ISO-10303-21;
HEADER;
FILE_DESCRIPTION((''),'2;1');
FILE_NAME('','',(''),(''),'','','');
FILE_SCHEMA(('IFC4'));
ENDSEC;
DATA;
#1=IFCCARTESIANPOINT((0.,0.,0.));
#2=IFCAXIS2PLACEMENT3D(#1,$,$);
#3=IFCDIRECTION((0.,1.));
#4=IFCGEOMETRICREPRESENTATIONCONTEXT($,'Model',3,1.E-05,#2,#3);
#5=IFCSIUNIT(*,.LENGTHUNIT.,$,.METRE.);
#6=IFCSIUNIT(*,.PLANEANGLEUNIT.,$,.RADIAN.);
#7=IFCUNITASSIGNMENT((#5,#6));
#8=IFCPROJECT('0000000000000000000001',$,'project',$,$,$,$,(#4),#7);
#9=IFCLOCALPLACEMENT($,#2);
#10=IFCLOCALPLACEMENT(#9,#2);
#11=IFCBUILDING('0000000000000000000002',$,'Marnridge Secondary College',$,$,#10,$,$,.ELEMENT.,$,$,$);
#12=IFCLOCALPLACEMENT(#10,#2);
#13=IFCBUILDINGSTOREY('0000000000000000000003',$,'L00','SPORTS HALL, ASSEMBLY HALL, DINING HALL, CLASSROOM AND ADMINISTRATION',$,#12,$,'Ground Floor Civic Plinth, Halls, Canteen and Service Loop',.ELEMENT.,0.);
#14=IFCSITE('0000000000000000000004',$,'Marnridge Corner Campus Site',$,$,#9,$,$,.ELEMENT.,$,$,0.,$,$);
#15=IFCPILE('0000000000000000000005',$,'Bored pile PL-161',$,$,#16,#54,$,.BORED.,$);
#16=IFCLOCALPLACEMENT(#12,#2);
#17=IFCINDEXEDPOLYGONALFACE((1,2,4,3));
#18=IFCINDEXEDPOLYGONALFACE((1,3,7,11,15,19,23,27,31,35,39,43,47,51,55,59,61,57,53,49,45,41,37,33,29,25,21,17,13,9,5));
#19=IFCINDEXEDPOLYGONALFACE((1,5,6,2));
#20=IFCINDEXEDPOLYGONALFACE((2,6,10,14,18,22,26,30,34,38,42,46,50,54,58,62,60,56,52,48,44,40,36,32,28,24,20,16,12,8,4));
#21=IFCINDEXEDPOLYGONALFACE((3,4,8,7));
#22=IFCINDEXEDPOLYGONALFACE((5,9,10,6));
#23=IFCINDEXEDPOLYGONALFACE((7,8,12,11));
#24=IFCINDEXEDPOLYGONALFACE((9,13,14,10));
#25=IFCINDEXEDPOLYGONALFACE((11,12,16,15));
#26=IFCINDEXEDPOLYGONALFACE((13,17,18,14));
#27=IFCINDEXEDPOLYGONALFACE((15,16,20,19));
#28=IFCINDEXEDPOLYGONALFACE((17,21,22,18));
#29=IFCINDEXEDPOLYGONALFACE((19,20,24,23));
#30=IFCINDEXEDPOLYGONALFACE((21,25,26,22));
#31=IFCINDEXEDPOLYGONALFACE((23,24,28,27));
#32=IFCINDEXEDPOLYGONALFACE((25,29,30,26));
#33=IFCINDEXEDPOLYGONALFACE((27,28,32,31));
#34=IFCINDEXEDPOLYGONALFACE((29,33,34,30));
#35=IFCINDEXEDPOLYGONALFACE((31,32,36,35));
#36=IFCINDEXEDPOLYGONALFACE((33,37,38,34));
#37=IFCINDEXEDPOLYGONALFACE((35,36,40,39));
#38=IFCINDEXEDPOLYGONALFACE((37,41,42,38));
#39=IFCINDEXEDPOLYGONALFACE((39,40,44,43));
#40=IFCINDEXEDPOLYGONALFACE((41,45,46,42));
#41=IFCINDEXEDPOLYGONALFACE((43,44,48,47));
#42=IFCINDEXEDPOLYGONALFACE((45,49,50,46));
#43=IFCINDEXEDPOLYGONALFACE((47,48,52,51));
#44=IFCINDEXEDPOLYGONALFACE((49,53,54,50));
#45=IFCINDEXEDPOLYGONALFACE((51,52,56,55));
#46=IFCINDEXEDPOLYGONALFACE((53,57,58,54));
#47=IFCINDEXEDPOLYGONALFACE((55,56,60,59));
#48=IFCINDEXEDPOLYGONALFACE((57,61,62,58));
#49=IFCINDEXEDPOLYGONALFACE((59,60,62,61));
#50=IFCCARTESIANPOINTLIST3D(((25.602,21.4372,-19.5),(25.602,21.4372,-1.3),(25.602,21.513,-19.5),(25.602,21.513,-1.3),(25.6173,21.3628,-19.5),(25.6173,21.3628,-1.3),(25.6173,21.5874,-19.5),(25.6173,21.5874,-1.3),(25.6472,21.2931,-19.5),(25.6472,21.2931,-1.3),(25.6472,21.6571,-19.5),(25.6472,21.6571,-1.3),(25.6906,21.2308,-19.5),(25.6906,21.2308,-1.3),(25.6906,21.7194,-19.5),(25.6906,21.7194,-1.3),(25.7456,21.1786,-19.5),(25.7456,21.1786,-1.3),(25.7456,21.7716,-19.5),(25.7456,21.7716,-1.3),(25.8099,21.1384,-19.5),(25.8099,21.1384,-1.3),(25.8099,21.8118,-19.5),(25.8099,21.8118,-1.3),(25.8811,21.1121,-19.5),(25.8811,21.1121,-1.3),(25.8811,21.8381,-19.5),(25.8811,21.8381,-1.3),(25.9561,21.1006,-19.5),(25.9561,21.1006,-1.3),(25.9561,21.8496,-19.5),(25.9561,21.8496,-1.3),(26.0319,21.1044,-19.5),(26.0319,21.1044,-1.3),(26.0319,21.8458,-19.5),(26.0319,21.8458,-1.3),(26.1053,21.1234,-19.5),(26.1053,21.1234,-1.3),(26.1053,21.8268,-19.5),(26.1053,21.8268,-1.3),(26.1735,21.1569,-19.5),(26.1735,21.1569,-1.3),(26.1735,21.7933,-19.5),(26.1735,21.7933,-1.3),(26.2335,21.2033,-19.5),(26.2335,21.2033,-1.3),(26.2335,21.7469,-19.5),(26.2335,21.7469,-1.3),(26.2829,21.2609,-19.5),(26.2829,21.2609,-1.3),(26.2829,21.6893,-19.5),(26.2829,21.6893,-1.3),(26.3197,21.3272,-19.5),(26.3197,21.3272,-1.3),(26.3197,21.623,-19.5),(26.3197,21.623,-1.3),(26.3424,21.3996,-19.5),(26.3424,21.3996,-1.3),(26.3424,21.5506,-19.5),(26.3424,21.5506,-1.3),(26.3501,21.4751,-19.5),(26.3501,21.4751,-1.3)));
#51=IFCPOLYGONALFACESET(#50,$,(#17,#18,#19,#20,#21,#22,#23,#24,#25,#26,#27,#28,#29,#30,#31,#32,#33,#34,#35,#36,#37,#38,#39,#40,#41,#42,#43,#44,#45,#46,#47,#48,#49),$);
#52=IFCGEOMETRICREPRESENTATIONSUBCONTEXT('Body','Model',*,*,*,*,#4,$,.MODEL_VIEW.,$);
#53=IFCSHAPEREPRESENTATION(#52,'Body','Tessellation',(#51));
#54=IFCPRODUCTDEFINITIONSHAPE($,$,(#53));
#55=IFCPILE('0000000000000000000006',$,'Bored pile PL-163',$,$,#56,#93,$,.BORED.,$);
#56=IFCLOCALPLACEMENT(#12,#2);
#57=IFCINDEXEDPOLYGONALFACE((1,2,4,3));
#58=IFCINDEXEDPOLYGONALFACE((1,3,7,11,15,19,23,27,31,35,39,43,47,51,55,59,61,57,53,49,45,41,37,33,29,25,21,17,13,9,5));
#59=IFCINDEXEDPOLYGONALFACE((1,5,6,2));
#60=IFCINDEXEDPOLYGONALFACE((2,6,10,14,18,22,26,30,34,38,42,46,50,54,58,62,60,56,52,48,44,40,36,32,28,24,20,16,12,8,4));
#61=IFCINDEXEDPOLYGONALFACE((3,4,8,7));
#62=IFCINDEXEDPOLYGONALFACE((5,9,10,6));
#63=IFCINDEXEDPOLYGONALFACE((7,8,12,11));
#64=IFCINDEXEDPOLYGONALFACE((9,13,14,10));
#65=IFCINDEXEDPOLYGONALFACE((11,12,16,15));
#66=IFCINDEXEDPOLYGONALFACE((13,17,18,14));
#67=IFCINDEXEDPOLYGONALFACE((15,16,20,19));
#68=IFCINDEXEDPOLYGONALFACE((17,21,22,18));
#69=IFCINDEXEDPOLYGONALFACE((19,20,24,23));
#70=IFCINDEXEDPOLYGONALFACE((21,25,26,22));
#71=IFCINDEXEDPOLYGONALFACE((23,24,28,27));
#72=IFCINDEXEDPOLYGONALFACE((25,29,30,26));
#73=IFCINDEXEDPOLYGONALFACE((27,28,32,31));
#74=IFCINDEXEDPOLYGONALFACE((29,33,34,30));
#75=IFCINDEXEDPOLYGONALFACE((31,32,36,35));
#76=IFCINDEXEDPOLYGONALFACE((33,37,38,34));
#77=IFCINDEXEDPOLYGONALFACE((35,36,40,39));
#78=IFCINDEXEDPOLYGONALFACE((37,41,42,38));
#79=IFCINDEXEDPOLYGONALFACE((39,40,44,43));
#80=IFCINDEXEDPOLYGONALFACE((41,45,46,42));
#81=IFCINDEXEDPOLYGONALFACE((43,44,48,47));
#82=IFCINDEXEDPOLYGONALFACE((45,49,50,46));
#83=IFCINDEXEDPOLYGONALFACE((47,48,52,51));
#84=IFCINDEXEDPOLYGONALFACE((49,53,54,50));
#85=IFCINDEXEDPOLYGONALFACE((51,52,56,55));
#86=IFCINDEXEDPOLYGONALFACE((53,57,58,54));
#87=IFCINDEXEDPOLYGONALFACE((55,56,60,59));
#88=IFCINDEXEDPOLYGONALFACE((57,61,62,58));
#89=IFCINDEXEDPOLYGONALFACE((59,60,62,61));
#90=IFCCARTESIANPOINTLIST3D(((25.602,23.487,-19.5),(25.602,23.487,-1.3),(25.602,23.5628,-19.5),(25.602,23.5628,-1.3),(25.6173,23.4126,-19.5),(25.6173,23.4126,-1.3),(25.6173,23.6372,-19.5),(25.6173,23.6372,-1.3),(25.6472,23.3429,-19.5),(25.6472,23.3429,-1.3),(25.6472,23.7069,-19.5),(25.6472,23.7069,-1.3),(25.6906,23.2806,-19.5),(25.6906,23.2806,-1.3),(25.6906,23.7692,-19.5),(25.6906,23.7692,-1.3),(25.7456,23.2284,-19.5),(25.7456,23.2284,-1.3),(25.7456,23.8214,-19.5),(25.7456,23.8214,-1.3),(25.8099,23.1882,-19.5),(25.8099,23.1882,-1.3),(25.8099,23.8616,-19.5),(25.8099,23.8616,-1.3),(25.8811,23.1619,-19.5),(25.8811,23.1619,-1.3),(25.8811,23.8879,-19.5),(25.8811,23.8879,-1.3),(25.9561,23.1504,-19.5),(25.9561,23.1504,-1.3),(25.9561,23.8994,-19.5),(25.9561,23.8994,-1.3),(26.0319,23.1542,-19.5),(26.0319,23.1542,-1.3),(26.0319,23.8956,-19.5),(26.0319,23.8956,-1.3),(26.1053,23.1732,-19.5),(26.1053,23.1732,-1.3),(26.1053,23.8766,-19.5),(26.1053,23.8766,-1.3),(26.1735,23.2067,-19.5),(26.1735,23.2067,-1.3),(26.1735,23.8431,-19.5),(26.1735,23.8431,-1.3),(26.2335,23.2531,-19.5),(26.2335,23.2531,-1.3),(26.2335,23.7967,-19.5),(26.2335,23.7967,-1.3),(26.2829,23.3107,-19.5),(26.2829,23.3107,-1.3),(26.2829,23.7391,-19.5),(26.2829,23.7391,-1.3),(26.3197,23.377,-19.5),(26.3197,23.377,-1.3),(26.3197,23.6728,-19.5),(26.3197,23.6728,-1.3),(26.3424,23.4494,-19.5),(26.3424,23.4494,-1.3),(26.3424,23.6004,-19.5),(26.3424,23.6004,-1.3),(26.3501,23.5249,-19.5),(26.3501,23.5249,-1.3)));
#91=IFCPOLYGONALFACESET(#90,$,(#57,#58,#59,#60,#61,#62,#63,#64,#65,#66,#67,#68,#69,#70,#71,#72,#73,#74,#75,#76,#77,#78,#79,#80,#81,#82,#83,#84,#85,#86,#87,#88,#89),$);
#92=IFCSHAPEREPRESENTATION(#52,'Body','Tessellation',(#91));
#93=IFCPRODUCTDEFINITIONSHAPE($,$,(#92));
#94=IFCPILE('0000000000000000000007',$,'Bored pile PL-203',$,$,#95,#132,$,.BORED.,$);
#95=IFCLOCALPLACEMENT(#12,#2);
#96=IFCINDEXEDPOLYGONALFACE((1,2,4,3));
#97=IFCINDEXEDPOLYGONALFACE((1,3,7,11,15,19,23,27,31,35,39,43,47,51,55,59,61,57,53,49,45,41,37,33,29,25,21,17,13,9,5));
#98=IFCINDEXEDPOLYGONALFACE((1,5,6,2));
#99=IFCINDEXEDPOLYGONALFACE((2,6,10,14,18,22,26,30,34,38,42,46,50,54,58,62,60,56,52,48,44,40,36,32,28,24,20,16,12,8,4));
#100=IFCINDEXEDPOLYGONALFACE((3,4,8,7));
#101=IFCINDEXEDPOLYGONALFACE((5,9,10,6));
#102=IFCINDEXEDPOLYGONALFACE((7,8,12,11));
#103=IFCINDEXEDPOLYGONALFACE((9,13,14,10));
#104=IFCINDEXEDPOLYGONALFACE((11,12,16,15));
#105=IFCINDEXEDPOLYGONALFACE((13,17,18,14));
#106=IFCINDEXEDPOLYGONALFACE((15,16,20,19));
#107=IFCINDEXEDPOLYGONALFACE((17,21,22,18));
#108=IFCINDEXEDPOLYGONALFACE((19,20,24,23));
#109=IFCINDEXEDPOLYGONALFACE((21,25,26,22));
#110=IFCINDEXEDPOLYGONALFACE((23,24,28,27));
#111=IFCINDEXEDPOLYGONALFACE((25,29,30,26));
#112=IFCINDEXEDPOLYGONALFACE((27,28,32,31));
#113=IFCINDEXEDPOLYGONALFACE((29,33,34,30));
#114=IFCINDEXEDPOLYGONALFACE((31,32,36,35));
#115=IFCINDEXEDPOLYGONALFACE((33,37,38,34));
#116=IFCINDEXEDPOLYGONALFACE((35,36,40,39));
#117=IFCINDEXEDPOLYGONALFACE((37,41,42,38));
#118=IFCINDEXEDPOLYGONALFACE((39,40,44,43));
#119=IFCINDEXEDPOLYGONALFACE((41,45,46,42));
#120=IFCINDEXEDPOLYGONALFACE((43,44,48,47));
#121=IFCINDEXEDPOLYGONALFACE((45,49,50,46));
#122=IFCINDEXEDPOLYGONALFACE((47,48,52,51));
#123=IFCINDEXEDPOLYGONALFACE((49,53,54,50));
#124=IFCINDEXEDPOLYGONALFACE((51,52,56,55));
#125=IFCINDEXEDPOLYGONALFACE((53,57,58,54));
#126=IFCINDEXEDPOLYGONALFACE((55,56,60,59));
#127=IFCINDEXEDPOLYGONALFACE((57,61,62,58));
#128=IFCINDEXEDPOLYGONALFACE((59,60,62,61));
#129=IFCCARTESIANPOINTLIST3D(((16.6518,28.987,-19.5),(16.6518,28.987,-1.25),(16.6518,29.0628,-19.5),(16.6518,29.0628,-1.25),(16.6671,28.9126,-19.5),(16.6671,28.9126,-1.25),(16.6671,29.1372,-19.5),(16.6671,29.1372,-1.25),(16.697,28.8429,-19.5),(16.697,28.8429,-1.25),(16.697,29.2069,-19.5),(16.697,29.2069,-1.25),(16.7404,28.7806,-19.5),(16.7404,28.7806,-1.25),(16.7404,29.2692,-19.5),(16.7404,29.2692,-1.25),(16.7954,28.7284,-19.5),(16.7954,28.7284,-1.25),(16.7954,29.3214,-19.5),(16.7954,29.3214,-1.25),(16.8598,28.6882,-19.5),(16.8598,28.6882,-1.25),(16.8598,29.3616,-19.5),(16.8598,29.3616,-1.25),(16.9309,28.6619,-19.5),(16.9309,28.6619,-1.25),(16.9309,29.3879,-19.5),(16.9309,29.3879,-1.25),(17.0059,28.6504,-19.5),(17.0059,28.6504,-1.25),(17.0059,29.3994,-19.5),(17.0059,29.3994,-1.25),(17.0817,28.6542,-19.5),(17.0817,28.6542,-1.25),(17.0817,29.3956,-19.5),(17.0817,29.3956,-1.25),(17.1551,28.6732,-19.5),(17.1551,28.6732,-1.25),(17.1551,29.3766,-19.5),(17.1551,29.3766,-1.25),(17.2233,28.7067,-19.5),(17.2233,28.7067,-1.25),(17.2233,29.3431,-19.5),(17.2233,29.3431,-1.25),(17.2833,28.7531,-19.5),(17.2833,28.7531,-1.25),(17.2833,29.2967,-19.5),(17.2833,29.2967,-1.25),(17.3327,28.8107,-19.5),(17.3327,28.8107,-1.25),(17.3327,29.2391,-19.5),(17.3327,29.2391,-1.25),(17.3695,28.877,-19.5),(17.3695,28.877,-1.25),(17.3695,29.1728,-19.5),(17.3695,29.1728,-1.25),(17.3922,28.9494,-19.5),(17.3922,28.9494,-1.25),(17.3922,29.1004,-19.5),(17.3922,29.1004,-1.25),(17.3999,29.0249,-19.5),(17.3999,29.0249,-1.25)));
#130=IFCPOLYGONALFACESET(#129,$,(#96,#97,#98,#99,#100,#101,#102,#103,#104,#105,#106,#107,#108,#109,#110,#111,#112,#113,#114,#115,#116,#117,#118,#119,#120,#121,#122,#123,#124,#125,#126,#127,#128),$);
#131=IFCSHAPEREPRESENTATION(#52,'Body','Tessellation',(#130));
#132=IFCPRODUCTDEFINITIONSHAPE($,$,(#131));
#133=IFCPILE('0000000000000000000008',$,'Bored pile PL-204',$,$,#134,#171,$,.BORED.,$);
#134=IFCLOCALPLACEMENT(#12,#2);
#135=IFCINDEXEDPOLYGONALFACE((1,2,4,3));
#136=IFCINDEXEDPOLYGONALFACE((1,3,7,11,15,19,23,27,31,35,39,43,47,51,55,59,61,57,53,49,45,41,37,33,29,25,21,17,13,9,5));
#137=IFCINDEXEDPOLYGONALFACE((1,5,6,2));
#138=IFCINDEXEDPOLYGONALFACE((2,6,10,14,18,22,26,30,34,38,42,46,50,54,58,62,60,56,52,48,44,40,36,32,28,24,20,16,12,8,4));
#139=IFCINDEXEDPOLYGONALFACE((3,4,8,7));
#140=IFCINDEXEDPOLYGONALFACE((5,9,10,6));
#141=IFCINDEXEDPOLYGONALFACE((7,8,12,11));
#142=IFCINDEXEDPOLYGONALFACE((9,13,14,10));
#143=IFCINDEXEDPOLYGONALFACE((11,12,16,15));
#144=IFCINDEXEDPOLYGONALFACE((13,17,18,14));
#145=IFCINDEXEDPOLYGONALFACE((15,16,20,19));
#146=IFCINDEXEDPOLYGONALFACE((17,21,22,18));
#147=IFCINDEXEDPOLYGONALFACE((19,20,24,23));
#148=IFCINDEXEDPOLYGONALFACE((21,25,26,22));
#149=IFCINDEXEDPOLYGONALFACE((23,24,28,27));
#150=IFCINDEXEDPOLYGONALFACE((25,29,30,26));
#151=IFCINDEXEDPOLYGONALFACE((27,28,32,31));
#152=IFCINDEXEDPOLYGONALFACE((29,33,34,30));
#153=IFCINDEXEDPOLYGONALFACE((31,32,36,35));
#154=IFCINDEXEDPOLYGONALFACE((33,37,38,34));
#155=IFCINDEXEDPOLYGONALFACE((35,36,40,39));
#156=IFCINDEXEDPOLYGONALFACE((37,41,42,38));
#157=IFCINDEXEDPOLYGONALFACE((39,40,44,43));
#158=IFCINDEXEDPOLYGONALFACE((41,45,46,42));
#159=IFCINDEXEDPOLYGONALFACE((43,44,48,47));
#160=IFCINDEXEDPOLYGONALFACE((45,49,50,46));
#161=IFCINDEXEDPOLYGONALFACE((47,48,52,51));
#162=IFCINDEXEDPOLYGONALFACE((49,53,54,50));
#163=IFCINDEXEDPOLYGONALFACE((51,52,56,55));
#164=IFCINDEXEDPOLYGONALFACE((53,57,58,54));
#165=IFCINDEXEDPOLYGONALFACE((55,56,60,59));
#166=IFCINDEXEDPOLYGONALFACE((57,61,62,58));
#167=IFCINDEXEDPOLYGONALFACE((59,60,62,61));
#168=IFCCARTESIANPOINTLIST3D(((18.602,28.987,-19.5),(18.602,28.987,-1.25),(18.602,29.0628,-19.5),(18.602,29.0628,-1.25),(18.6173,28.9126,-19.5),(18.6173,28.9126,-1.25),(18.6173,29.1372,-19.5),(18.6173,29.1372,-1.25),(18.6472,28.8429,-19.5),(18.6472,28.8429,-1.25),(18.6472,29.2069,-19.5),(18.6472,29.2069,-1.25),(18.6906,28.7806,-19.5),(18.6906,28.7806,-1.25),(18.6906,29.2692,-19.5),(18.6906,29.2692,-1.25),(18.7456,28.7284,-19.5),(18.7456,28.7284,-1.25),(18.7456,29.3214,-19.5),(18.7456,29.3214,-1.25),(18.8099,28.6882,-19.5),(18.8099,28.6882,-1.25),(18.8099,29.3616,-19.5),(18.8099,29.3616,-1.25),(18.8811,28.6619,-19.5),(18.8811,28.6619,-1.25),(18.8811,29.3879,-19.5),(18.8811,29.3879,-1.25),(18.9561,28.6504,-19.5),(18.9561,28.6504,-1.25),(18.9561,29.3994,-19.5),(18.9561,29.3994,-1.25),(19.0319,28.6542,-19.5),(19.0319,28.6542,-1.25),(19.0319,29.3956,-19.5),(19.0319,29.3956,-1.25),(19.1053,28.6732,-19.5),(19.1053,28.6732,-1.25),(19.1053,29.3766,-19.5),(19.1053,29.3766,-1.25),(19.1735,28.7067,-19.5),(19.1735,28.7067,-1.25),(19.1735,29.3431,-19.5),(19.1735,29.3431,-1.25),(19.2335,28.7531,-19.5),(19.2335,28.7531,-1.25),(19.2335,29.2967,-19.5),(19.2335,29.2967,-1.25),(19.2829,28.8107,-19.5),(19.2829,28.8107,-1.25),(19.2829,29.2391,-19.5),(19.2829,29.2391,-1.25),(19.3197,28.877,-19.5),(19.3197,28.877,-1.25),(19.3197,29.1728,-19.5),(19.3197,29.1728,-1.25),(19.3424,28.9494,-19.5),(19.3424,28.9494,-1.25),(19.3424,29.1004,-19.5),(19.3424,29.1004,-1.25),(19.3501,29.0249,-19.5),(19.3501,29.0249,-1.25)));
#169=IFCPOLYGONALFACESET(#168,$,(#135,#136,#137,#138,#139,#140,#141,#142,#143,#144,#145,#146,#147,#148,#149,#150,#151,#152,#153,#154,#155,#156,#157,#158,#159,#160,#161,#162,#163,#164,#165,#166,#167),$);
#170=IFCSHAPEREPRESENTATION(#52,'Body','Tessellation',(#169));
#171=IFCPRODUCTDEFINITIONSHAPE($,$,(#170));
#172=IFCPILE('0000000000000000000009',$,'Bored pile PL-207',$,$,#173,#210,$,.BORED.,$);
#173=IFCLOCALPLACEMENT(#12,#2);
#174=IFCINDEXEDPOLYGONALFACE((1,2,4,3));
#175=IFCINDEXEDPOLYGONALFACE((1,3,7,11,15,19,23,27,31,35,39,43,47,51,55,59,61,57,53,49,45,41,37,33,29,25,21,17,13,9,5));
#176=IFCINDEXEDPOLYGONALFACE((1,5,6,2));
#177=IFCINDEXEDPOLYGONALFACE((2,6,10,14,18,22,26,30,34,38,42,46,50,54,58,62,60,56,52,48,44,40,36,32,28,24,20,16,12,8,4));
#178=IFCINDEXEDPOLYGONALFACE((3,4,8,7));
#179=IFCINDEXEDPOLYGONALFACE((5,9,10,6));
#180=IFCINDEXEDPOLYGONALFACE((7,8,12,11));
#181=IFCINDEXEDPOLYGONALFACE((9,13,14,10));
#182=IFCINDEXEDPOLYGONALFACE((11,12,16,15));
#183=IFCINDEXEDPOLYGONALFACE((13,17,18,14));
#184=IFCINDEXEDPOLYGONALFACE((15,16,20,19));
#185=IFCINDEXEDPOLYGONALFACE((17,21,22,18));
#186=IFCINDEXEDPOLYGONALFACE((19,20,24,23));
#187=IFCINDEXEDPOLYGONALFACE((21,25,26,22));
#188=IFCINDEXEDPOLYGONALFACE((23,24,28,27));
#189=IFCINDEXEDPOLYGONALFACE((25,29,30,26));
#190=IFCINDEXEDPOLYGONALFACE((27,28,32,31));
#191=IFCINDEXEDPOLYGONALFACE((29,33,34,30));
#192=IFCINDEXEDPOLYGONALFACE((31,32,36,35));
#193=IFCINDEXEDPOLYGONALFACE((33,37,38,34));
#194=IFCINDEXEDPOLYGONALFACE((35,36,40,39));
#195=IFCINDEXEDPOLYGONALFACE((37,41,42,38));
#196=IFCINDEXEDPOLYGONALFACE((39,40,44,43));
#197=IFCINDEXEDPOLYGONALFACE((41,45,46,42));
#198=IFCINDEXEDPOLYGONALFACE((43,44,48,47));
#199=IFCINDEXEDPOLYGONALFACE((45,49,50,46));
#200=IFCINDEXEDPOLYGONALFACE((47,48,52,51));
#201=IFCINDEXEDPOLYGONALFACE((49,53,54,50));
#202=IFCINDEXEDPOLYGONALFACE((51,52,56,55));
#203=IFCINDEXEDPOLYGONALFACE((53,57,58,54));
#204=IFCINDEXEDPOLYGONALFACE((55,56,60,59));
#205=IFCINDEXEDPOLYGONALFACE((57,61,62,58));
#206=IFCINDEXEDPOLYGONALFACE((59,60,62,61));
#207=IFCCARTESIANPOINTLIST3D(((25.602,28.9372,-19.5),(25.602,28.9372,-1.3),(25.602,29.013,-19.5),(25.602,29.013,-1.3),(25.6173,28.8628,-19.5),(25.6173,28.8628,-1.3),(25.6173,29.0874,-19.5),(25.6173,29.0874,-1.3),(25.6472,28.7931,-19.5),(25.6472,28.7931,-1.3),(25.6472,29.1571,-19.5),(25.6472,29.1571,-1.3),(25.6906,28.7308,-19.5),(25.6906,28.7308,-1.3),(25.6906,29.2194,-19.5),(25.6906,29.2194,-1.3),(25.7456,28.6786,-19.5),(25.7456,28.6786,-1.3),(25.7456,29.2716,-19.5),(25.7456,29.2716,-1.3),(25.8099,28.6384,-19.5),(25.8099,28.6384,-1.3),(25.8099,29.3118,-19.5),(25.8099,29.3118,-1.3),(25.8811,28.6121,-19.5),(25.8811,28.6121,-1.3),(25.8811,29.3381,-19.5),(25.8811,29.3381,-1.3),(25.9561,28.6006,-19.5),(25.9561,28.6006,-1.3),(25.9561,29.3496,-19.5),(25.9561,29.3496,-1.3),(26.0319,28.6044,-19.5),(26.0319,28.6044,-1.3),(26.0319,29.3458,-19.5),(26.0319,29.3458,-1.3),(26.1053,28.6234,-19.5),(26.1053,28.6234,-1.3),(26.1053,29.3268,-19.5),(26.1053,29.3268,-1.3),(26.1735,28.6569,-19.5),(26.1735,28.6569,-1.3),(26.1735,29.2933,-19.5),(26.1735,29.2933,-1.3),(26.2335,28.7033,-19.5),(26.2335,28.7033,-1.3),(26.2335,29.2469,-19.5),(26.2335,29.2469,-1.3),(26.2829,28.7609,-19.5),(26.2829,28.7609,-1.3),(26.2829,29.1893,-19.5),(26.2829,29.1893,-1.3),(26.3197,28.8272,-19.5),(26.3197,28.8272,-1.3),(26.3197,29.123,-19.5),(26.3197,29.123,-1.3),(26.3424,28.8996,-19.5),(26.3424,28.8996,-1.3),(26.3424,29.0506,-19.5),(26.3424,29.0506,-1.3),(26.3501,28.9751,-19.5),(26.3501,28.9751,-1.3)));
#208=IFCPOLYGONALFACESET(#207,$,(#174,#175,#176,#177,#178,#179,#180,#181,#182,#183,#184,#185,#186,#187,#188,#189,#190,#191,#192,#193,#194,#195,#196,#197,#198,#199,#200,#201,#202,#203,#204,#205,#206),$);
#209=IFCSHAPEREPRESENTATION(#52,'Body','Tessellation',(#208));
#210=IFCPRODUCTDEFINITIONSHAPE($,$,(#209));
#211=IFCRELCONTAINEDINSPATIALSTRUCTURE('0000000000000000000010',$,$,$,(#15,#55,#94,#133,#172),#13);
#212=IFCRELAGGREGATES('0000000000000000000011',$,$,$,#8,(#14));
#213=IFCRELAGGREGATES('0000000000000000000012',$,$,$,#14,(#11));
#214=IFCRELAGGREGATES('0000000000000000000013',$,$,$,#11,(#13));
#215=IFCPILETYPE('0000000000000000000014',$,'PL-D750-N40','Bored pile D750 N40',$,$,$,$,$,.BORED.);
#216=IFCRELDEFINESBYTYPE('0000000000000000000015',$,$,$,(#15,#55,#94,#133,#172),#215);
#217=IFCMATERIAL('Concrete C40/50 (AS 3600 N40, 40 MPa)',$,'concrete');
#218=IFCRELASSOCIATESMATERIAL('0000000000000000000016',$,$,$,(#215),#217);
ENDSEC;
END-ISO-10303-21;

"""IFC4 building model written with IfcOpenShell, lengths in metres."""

from ifc_helpers import new_model, si_unit, direction, frame, origin, origin_2d, place, context, subcontext, project, spatial, circle, extrude, material, material_profile, profile_set, type_object, element, save


model = new_model("IFC4")

# Units and contexts
model_context = context("Model", 3, precision=1e-05, world=origin(), true_north=direction((0.0, 1.0)))
body_context = subcontext(model_context, "Body", "Model", "MODEL_VIEW")
ifc_project = project(units=[si_unit("LENGTHUNIT", "METRE"), si_unit("PLANEANGLEUNIT", "RADIAN")], contexts=[model_context])

# Site, building, storey
site_placement = place(None, origin())
site = spatial("IfcSite", under=ifc_project, at=site_placement, Name="Marnridge Corner Campus Site", CompositionType="ELEMENT", RefElevation=0.0)
building_placement = place(site_placement, origin())
building = spatial("IfcBuilding", under=site, at=building_placement, Name="Marnridge Secondary College", CompositionType="ELEMENT")
storey_placement = place(building_placement, origin())
storey = spatial("IfcBuildingStorey", under=building, at=storey_placement, Name="L00", Description="SPORTS HALL, ASSEMBLY HALL, DINING HALL, CLASSROOM AND ADMINISTRATION", LongName="Ground Floor Civic Plinth, Halls, Canteen and Service Loop", CompositionType="ELEMENT", Elevation=0.0)

# Piles
ifc_material_1 = material(Name="Concrete C40/50 (AS 3600 N40, 40 MPa)", Category="concrete")
ifc_material_profile_1 = material_profile(ifc_material_1, circle(Radius=0.375, at=origin_2d()), Name="PILE D750")
ifc_profile_set_1 = profile_set([ifc_material_profile_1], Name="Concrete C40/50 (AS 3600 N40, 40 MPa)")
pile_type = type_object("IfcPileType", Name="PL-D750-N40", Description="Bored pile D750 N40", PredefinedType="BORED", material=ifc_profile_set_1)
for number, where, z_axis, x_axis, name in (
    (1, (25.9751, 21.4751, -1.3), (0.0, 0.0, -1.0), (1.0, 0.0, 0.0), "Bored pile PL-161"),
    (2, (25.9751, 23.5249, -1.3), (0.0, 0.0, -1.0), (1.0, 0.0, 0.0), "Bored pile PL-163"),
):
    element("IfcPile", number, at=place(storey_placement, frame(where, z_axis=z_axis, x_axis=x_axis)), inside=storey, type_object=pile_type, Name=name, PredefinedType="BORED", context=body_context, shape_type="SweptSolid", body=[
        extrude(circle(Radius=0.375, at=origin_2d()), origin(), (0.0, 0.0, 1.0), 18.2),
    ])
for number, where, z_axis, x_axis, name in (
    (3, (17.0249, 29.0249, -1.25), (0.0, 0.0, -1.0), (1.0, 0.0, 0.0), "Bored pile PL-203"),
    (4, (18.9751, 29.0249, -1.25), (0.0, 0.0, -1.0), (1.0, 0.0, 0.0), "Bored pile PL-204"),
):
    element("IfcPile", number, at=place(storey_placement, frame(where, z_axis=z_axis, x_axis=x_axis)), inside=storey, type_object=pile_type, Name=name, PredefinedType="BORED", context=body_context, shape_type="SweptSolid", body=[
        extrude(circle(Radius=0.375, at=origin_2d()), origin(), (0.0, 0.0, 1.0), 18.25),
    ])
pile_placement = place(storey_placement, frame((25.9751, 28.9751, -1.3), z_axis=(0.0, 0.0, -1.0), x_axis=(1.0, 0.0, 0.0)))
element("IfcPile", 5, at=pile_placement, inside=storey, type_object=pile_type, Name="Bored pile PL-207", PredefinedType="BORED", context=body_context, shape_type="SweptSolid", body=[
    extrude(circle(Radius=0.375, at=origin_2d()), origin(), (0.0, 0.0, 1.0), 18.2),
])

save(model, "model.ifc")
